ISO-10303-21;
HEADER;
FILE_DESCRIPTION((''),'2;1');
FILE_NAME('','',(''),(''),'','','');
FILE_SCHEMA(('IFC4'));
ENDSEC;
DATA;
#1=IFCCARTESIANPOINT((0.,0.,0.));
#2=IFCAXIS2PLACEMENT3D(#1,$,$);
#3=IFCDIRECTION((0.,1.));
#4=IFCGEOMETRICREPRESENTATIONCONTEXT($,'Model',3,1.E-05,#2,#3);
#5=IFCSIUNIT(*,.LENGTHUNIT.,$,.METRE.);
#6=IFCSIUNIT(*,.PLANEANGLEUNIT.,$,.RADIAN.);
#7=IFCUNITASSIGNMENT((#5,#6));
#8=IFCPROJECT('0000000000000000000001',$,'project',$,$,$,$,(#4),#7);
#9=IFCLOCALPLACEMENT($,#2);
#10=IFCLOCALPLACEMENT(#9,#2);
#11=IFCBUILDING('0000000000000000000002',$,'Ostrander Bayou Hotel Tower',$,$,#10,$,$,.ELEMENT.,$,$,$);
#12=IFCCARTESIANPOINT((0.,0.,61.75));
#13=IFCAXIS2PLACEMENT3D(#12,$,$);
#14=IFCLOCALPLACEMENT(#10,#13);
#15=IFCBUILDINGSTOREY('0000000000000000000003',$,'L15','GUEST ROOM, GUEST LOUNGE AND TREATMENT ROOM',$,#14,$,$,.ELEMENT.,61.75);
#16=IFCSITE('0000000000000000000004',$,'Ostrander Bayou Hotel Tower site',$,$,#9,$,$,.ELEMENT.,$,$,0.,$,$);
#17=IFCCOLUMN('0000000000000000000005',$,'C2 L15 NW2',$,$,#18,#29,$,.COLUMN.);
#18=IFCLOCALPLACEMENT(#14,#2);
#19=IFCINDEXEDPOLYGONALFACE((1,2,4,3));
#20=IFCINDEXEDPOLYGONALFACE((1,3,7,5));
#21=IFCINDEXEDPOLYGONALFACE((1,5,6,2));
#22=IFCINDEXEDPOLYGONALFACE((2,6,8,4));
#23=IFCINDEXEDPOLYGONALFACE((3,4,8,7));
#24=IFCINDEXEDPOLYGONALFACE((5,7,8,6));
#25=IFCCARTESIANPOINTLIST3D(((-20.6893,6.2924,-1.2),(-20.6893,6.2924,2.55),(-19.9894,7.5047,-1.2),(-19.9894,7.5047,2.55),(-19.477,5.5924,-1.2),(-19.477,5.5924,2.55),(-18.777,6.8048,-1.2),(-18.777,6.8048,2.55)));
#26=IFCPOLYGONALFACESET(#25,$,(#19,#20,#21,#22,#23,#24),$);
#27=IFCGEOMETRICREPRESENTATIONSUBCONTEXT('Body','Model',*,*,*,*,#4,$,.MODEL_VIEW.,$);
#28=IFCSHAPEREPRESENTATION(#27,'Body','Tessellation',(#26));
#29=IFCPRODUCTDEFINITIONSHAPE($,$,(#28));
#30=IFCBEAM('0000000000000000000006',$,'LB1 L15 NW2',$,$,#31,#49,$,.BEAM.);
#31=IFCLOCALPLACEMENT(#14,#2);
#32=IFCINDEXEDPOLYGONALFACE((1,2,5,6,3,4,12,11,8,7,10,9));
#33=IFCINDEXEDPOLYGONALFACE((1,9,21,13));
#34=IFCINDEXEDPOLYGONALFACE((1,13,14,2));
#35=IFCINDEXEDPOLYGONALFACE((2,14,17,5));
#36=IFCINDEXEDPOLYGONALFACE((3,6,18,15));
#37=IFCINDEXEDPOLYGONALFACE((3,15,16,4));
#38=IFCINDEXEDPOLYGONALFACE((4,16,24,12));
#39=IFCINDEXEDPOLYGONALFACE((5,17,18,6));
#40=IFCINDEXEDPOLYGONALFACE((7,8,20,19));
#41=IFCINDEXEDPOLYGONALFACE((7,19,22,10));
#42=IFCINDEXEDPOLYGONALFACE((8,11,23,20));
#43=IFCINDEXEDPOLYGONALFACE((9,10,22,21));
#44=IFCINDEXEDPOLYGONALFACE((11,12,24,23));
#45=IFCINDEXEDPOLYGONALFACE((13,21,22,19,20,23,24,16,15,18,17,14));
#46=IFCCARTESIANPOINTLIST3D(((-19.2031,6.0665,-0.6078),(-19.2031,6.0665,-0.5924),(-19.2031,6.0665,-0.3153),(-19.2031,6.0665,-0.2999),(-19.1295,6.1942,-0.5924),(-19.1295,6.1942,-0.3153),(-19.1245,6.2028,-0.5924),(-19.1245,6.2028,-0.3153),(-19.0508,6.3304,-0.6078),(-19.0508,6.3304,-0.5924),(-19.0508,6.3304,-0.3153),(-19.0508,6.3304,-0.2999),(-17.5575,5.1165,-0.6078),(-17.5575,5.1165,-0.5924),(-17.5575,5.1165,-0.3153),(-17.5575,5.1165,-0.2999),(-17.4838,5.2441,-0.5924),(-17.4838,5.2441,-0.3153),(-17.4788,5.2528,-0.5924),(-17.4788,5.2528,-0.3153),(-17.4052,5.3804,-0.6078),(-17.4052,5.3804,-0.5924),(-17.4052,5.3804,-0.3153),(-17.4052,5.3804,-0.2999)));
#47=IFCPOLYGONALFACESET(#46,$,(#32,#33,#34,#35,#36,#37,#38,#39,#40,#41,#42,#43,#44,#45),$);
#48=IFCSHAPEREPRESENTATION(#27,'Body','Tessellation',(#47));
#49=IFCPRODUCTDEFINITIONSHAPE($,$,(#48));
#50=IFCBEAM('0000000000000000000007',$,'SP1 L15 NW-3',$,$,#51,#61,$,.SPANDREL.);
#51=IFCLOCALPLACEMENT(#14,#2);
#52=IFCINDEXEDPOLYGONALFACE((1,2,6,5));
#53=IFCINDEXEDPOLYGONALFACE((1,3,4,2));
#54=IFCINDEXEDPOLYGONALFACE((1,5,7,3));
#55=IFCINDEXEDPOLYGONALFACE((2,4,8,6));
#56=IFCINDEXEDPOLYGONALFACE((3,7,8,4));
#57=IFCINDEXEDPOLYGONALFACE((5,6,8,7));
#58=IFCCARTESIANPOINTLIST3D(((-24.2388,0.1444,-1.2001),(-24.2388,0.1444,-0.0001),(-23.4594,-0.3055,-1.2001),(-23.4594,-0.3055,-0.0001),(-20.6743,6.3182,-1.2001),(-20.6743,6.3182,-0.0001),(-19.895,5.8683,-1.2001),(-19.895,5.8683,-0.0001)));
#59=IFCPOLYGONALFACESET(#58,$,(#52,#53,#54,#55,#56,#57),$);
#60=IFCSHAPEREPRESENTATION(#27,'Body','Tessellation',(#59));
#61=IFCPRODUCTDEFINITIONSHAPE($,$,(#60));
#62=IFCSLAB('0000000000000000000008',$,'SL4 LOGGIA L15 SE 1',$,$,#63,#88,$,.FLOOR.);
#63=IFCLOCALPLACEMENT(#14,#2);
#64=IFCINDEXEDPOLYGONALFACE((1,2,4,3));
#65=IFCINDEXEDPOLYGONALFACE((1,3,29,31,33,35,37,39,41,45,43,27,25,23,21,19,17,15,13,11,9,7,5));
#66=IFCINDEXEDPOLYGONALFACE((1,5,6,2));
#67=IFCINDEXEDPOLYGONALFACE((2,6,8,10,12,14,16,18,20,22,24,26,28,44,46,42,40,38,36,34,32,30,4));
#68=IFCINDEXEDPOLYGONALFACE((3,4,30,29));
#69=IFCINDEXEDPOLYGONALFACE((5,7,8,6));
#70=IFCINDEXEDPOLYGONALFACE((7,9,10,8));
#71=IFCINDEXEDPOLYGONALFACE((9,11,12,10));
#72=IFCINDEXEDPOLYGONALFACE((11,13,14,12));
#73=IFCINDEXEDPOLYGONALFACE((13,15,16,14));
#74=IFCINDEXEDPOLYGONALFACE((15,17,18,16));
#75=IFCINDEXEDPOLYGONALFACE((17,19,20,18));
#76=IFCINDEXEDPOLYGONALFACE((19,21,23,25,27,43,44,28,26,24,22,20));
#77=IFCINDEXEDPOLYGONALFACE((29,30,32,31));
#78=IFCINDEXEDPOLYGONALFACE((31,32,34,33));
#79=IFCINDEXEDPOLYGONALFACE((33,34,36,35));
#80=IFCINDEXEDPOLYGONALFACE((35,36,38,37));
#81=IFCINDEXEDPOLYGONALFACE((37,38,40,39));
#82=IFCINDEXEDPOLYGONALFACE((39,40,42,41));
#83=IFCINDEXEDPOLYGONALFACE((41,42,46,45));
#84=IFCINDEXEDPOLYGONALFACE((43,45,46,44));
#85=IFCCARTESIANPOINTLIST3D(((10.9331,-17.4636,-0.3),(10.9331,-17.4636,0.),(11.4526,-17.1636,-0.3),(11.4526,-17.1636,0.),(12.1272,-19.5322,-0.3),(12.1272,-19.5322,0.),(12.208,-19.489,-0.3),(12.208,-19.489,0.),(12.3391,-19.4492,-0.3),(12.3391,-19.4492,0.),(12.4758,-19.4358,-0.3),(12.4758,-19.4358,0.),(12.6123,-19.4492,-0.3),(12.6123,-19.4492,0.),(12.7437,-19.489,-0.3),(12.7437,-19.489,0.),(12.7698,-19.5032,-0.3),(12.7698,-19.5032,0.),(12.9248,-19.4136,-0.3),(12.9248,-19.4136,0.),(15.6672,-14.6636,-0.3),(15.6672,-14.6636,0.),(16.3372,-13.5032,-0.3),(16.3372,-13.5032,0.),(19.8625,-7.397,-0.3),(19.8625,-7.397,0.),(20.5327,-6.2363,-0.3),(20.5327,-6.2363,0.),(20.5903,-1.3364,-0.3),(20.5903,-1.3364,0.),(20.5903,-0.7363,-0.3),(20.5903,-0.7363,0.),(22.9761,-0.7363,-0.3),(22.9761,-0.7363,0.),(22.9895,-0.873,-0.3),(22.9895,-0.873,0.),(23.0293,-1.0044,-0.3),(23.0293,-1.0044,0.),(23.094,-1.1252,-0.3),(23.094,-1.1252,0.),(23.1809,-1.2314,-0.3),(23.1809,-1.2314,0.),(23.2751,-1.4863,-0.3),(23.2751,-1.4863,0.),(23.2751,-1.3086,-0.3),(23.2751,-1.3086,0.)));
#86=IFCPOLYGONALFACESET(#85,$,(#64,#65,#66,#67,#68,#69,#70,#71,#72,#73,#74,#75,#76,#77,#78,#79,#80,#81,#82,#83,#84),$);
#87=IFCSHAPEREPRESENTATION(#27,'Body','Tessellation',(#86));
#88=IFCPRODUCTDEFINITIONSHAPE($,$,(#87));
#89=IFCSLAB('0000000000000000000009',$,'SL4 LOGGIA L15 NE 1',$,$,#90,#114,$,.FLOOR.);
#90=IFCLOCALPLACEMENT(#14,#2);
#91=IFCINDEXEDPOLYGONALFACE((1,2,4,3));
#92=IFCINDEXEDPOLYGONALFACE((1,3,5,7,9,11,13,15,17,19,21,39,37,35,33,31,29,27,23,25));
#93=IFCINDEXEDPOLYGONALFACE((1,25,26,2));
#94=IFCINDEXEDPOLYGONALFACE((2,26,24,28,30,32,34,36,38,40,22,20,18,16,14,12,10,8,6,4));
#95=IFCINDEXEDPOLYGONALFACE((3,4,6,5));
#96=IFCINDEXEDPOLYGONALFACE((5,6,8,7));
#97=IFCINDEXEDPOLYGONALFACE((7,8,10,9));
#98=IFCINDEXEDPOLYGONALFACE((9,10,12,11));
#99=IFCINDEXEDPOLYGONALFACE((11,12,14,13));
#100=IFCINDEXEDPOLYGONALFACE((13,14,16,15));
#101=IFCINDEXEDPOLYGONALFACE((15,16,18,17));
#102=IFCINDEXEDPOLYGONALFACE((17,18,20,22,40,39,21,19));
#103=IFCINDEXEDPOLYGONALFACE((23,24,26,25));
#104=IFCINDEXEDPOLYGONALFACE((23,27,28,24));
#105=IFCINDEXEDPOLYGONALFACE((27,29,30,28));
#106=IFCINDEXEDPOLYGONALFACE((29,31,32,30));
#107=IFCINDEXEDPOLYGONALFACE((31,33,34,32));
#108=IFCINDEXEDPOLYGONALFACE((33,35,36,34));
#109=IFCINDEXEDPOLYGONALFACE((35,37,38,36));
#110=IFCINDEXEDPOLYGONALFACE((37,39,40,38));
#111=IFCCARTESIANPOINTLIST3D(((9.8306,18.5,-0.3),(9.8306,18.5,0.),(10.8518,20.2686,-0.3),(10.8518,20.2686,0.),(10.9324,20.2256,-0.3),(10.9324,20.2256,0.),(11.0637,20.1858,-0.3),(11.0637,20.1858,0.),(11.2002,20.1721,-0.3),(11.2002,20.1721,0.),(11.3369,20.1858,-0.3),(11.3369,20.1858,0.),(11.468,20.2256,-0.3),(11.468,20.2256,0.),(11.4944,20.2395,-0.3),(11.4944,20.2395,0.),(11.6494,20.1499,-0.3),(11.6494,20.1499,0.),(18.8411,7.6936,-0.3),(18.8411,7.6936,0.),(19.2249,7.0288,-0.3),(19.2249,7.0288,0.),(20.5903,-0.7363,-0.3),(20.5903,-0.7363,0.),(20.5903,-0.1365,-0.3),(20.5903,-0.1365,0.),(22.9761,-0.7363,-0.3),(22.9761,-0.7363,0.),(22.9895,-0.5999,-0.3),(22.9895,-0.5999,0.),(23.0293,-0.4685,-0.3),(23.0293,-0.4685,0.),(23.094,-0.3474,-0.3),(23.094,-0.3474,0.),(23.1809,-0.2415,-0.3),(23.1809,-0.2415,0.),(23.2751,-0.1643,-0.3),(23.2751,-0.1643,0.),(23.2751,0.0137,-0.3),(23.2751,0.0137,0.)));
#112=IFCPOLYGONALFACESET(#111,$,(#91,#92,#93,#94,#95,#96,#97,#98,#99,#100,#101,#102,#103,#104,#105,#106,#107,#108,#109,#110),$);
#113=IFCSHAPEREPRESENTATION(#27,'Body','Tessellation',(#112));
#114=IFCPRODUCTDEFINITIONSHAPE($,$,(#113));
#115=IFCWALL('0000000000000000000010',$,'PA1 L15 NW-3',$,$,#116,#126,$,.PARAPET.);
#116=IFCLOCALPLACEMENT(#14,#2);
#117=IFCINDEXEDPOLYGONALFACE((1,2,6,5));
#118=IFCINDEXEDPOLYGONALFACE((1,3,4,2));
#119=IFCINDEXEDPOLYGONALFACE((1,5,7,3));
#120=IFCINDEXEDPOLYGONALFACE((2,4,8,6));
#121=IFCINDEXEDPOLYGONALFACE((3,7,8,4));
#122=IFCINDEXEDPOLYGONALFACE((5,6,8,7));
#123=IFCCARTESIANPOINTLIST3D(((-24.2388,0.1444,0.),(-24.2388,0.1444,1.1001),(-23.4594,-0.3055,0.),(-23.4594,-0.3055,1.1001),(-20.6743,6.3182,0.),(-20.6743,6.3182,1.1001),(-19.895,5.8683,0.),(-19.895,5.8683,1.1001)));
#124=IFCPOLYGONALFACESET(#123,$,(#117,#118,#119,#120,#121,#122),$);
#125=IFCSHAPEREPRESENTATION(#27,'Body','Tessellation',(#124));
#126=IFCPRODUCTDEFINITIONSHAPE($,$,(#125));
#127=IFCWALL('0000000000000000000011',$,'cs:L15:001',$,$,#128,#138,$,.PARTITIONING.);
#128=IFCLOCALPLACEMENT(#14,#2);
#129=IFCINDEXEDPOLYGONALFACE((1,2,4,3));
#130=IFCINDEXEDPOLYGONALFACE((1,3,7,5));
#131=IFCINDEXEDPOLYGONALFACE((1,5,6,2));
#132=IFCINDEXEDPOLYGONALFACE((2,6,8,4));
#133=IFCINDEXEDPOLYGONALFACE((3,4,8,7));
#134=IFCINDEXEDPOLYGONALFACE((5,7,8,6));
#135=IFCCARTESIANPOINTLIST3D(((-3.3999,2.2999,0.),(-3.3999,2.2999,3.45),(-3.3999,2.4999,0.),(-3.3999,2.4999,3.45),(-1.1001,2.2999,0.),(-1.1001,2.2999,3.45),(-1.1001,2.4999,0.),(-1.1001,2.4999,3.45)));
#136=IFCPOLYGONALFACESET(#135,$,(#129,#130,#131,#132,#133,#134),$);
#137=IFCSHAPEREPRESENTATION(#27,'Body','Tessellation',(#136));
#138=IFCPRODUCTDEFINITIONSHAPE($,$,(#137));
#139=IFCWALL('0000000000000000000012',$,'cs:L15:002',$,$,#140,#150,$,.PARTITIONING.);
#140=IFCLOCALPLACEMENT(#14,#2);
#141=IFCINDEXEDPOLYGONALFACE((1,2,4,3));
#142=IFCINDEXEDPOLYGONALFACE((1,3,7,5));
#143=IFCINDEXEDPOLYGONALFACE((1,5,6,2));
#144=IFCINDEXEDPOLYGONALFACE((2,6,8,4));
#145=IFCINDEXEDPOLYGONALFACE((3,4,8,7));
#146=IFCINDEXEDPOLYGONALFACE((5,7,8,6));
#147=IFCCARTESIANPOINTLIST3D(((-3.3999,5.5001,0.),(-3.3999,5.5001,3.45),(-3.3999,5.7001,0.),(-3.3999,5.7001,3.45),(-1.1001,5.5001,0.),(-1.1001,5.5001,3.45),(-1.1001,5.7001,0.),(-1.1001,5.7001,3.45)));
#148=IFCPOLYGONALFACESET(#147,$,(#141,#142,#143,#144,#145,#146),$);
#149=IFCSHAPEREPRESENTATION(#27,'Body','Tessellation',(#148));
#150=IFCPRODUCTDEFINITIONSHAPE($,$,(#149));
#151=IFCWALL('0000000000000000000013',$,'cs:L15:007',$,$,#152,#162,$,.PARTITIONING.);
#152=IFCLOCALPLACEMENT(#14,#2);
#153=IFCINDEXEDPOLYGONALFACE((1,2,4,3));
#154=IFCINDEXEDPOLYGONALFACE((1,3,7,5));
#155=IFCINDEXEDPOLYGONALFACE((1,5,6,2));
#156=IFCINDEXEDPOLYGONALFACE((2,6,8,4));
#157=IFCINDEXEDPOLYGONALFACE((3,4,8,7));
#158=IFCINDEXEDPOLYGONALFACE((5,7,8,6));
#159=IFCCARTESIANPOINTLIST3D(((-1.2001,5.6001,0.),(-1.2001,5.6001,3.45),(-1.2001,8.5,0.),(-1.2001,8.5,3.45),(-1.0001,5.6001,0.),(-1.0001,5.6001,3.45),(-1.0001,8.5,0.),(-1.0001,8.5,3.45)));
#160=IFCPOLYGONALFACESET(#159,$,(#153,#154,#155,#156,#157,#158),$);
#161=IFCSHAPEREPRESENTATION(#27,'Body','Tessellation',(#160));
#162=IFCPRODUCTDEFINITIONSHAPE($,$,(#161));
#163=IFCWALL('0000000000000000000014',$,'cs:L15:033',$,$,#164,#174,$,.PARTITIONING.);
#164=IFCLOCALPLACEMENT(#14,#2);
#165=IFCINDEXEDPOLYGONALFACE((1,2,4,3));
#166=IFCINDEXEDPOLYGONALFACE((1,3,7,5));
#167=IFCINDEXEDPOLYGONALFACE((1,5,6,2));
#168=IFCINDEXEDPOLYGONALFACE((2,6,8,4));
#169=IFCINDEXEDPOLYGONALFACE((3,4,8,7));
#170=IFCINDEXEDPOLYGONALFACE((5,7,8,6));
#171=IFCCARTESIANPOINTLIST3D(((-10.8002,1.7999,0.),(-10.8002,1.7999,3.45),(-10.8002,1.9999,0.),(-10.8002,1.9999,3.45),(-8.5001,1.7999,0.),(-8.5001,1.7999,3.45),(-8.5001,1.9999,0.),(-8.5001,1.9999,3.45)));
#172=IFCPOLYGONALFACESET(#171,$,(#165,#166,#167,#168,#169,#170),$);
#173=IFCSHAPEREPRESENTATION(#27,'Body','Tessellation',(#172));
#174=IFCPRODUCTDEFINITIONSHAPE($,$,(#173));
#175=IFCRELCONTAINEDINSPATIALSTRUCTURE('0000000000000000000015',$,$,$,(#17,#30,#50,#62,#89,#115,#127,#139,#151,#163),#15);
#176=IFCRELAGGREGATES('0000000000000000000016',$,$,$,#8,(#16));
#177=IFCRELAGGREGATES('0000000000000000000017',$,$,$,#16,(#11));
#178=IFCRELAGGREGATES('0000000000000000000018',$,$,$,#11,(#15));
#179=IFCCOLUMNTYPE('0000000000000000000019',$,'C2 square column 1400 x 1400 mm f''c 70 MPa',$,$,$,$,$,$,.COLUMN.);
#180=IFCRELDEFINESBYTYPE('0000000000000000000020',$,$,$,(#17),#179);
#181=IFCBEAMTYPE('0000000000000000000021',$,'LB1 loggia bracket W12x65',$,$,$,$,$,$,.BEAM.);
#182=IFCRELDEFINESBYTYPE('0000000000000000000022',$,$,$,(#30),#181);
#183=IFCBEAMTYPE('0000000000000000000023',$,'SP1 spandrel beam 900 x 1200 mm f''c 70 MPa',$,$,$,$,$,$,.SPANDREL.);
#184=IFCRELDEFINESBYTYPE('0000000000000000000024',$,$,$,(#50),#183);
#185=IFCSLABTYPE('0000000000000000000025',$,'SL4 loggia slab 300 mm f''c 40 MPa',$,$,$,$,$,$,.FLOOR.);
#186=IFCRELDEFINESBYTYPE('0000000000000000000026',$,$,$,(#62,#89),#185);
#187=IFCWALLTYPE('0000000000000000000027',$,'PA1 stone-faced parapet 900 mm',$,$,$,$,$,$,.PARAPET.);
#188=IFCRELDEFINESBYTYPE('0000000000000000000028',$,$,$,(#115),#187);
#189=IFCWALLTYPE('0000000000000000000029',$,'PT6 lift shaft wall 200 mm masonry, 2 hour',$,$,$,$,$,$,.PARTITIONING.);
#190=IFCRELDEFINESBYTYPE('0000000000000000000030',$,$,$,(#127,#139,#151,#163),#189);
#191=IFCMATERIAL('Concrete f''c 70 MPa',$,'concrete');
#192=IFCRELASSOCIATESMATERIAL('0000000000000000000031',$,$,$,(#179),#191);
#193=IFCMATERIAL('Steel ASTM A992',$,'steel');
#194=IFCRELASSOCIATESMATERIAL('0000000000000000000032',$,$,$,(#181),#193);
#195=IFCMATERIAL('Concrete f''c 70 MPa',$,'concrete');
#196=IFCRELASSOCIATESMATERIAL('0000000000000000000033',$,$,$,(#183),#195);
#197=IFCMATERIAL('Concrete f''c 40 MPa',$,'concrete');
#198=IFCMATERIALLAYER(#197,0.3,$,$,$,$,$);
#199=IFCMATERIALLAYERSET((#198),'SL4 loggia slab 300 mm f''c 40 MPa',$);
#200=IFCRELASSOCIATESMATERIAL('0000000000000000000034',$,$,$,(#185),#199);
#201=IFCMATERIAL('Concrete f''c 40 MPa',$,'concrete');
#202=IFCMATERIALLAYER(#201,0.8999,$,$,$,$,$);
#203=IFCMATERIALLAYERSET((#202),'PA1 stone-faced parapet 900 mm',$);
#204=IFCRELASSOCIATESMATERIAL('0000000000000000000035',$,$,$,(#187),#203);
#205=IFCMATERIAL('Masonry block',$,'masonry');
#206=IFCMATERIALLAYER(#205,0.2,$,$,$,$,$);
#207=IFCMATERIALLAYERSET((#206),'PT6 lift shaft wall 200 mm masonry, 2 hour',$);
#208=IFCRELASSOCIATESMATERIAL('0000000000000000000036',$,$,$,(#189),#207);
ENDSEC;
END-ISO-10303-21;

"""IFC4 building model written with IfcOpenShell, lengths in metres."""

from ifc_helpers import new_model, si_unit, direction, frame, frame_2d, origin, origin_2d, place, context, subcontext, project, spatial, polyline, rectangle, i_section, outline, extrude, material, layer, layer_set, material_profile, profile_set, type_object, element, save


model = new_model("IFC4")

# Units and contexts
model_context = context("Model", 3, precision=1e-05, world=origin(), true_north=direction((0.0, 1.0)))
body_context = subcontext(model_context, "Body", "Model", "MODEL_VIEW")
ifc_project = project(units=[si_unit("LENGTHUNIT", "METRE"), si_unit("PLANEANGLEUNIT", "RADIAN")], contexts=[model_context])

# Site, building, storey
site_placement = place(None, origin())
site = spatial("IfcSite", under=ifc_project, at=site_placement, Name="Ostrander Bayou Hotel Tower site", CompositionType="ELEMENT", RefElevation=0.0)
building_placement = place(site_placement, origin())
building = spatial("IfcBuilding", under=site, at=building_placement, Name="Ostrander Bayou Hotel Tower", CompositionType="ELEMENT")
storey_placement = place(building_placement, frame((0.0, 0.0, 61.75)))
storey = spatial("IfcBuildingStorey", under=building, at=storey_placement, Name="L15", Description="GUEST ROOM, GUEST LOUNGE AND TREATMENT ROOM", CompositionType="ELEMENT", Elevation=61.75)

# Column
ifc_material_1 = material(Name="Concrete f'c 70 MPa", Category="concrete")
ifc_material_profile_1 = material_profile(ifc_material_1, rectangle(XDim=1.3999, YDim=1.3999, at=origin_2d()))
ifc_profile_set_1 = profile_set([ifc_material_profile_1], Name="Concrete f'c 70 MPa")
column_type = type_object("IfcColumnType", Name="C2 square column 1400 x 1400 mm f'c 70 MPa", PredefinedType="COLUMN", material=ifc_profile_set_1)
column_placement = place(storey_placement, frame((-19.7332, 6.5486, -1.2), z_axis=(0.0, 0.0, 1.0), x_axis=(0.5, 0.866025, 0.0)))
element("IfcColumn", 1, at=column_placement, inside=storey, type_object=column_type, Name="C2 L15 NW2", PredefinedType="COLUMN", context=body_context, shape_type="SweptSolid", body=[
    extrude(rectangle(XDim=1.3999, YDim=1.3999, at=origin_2d()), origin(), (0.0, 0.0, 1.0), 3.75),
])

# Beams
ifc_material_2 = material(Name="Steel ASTM A992", Category="steel")
ifc_material_profile_2 = material_profile(ifc_material_2, i_section(OverallWidth=0.3047, OverallDepth=0.3079, WebThickness=0.01, FlangeThickness=0.0154, at=origin_2d()))
ifc_profile_set_2 = profile_set([ifc_material_profile_2], Name="Steel ASTM A992")
beam_type_1 = type_object("IfcBeamType", Name="LB1 loggia bracket W12x65", PredefinedType="BEAM", material=ifc_profile_set_2)
beam_1_placement = place(storey_placement, frame((-19.127, 6.1985, -0.4539), z_axis=(0.866044, -0.499967, 0.0), x_axis=(0.499967, 0.866044, 0.0)))
element("IfcBeam", 2, at=beam_1_placement, inside=storey, type_object=beam_type_1, Name="LB1 L15 NW2", PredefinedType="BEAM", context=body_context, shape_type="SweptSolid", body=[
    extrude(i_section(OverallWidth=0.3047, OverallDepth=0.3079, WebThickness=0.01, FlangeThickness=0.0154, at=origin_2d()), origin(), (0.0, 0.0, 1.0), 1.9001),
])
ifc_material_3 = material(Name="Concrete f'c 70 MPa", Category="concrete")
ifc_material_profile_3 = material_profile(ifc_material_3, rectangle(XDim=0.8999, YDim=1.2, at=origin_2d()))
ifc_profile_set_3 = profile_set([ifc_material_profile_3], Name="Concrete f'c 70 MPa")
beam_type_2 = type_object("IfcBeamType", Name="SP1 spandrel beam 900 x 1200 mm f'c 70 MPa", PredefinedType="SPANDREL", material=ifc_profile_set_3)
beam_2_placement = place(storey_placement, frame((-20.2847, 6.0933, -0.6001), z_axis=(-0.499999, -0.866026, 0.0), x_axis=(0.866026, -0.499999, 0.0)))
element("IfcBeam", 3, at=beam_2_placement, inside=storey, type_object=beam_type_2, Name="SP1 L15 NW-3", PredefinedType="SPANDREL", context=body_context, shape_type="SweptSolid", body=[
    extrude(rectangle(XDim=0.8999, YDim=1.2, at=origin_2d()), origin(), (0.0, 0.0, 1.0), 7.1289),
])

# Slabs
ifc_material_4 = material(Name="Concrete f'c 40 MPa", Category="concrete")
ifc_layer_1 = layer(ifc_material_4, 0.3)
ifc_layer_set_1 = layer_set([ifc_layer_1], Name="SL4 loggia slab 300 mm f'c 40 MPa")
slab_type = type_object("IfcSlabType", Name="SL4 loggia slab 300 mm f'c 40 MPa", PredefinedType="FLOOR", material=ifc_layer_set_1)
slab_1_placement = place(storey_placement, frame((0.0, 0.0, -0.3)))
element("IfcSlab", 4, at=slab_1_placement, inside=storey, type_object=slab_type, Name="SL4 LOGGIA L15 SE 1", PredefinedType="FLOOR", context=body_context, shape_type="SweptSolid", body=[
    extrude(outline(polyline([(20.5903, -0.7363), (22.9761, -0.7363), (22.9895, -0.873), (23.0293, -1.0044), (23.094, -1.1252), (23.1809, -1.2314), (23.2751, -1.3086), (23.2751, -1.4863), (20.5327, -6.2363), (19.8625, -7.397), (16.3372, -13.5032), (15.6672, -14.6636), (12.9248, -19.4136), (12.7698, -19.5032), (12.7437, -19.489), (12.6123, -19.4492), (12.4758, -19.4358), (12.3391, -19.4492), (12.208, -19.489), (12.1272, -19.5322), (10.9331, -17.4636), (11.4526, -17.1636), (20.5903, -1.3364), (20.5903, -0.7363)])), origin(), (0.0, 0.0, 1.0), 0.3),
])
slab_2_placement = place(storey_placement, frame((0.0, 0.0, -0.3)))
element("IfcSlab", 5, at=slab_2_placement, inside=storey, type_object=slab_type, Name="SL4 LOGGIA L15 NE 1", PredefinedType="FLOOR", context=body_context, shape_type="SweptSolid", body=[
    extrude(outline(polyline([(10.8518, 20.2686), (10.9324, 20.2256), (11.0637, 20.1858), (11.2002, 20.1721), (11.3369, 20.1858), (11.468, 20.2256), (11.4944, 20.2395), (11.6494, 20.1499), (18.8411, 7.6936), (19.2249, 7.0288), (23.2751, 0.0137), (23.2751, -0.1643), (23.1809, -0.2415), (23.094, -0.3474), (23.0293, -0.4685), (22.9895, -0.5999), (22.9761, -0.7363), (20.5903, -0.7363), (20.5903, -0.1365), (9.8306, 18.5), (10.8518, 20.2686)])), origin(), (0.0, 0.0, 1.0), 0.3),
])

# Wall
ifc_material_5 = material(Name="Concrete f'c 40 MPa", Category="concrete")
ifc_layer_2 = layer(ifc_material_5, 0.8999)
ifc_layer_set_2 = layer_set([ifc_layer_2], Name="PA1 stone-faced parapet 900 mm")
wall_type_1 = type_object("IfcWallType", Name="PA1 stone-faced parapet 900 mm", PredefinedType="PARAPET", material=ifc_layer_set_2)
wall_1_placement = place(storey_placement, frame((-20.2847, 6.0933, 0.0), z_axis=(0.0, 0.0, 1.0), x_axis=(-0.499999, -0.866026, 0.0)))
element("IfcWall", 6, at=wall_1_placement, inside=storey, type_object=wall_type_1, Name="PA1 L15 NW-3", PredefinedType="PARAPET", context=body_context, shape_type="SweptSolid", body=[
    extrude(rectangle(XDim=7.1289, YDim=0.8999, at=frame_2d((3.5645, 0.0))), origin(), (0.0, 0.0, 1.0), 1.1001),
])

# Walls
ifc_material_6 = material(Name="Masonry block", Category="masonry")
ifc_layer_3 = layer(ifc_material_6, 0.2)
ifc_layer_set_3 = layer_set([ifc_layer_3], Name="PT6 lift shaft wall 200 mm masonry, 2 hour")
wall_type_2 = type_object("IfcWallType", Name="PT6 lift shaft wall 200 mm masonry, 2 hour", PredefinedType="PARTITIONING", material=ifc_layer_set_3)
for number, where, z_axis, x_axis, name in (
    (7, (-3.3999, 2.3999, 0.0), (0.0, 0.0, 1.0), (1.0, 0.0, 0.0), "cs:L15:001"),
    (8, (-3.3999, 5.6001, 0.0), (0.0, 0.0, 1.0), (1.0, 0.0, 0.0), "cs:L15:002"),
):
    element("IfcWall", number, at=place(storey_placement, frame(where, z_axis=z_axis, x_axis=x_axis)), inside=storey, type_object=wall_type_2, Name=name, PredefinedType="PARTITIONING", context=body_context, shape_type="SweptSolid", body=[
        extrude(rectangle(XDim=2.2998, YDim=0.2, at=frame_2d((1.1499, 0.0))), origin(), (0.0, 0.0, 1.0), 3.45),
    ])
wall_2_placement = place(storey_placement, frame((-1.1001, 5.6001, 0.0), z_axis=(0.0, 0.0, 1.0), x_axis=(0.0, 1.0, 0.0)))
element("IfcWall", 9, at=wall_2_placement, inside=storey, type_object=wall_type_2, Name="cs:L15:007", PredefinedType="PARTITIONING", context=body_context, shape_type="SweptSolid", body=[
    extrude(rectangle(XDim=2.8999, YDim=0.2, at=frame_2d((1.45, 0.0))), origin(), (0.0, 0.0, 1.0), 3.45),
])
for number, where, z_axis, x_axis, name in (
    (10, (-10.8, 1.8999, 0.0), (0.0, 0.0, 1.0), (1.0, 0.0, 0.0), "cs:L15:033"),
):
    element("IfcWall", number, at=place(storey_placement, frame(where, z_axis=z_axis, x_axis=x_axis)), inside=storey, type_object=wall_type_2, Name=name, PredefinedType="PARTITIONING", context=body_context, shape_type="SweptSolid", body=[
        extrude(rectangle(XDim=2.3, YDim=0.2, at=frame_2d((1.1499, 0.0))), origin(), (0.0, 0.0, 1.0), 3.45),
    ])

save(model, "model.ifc")
